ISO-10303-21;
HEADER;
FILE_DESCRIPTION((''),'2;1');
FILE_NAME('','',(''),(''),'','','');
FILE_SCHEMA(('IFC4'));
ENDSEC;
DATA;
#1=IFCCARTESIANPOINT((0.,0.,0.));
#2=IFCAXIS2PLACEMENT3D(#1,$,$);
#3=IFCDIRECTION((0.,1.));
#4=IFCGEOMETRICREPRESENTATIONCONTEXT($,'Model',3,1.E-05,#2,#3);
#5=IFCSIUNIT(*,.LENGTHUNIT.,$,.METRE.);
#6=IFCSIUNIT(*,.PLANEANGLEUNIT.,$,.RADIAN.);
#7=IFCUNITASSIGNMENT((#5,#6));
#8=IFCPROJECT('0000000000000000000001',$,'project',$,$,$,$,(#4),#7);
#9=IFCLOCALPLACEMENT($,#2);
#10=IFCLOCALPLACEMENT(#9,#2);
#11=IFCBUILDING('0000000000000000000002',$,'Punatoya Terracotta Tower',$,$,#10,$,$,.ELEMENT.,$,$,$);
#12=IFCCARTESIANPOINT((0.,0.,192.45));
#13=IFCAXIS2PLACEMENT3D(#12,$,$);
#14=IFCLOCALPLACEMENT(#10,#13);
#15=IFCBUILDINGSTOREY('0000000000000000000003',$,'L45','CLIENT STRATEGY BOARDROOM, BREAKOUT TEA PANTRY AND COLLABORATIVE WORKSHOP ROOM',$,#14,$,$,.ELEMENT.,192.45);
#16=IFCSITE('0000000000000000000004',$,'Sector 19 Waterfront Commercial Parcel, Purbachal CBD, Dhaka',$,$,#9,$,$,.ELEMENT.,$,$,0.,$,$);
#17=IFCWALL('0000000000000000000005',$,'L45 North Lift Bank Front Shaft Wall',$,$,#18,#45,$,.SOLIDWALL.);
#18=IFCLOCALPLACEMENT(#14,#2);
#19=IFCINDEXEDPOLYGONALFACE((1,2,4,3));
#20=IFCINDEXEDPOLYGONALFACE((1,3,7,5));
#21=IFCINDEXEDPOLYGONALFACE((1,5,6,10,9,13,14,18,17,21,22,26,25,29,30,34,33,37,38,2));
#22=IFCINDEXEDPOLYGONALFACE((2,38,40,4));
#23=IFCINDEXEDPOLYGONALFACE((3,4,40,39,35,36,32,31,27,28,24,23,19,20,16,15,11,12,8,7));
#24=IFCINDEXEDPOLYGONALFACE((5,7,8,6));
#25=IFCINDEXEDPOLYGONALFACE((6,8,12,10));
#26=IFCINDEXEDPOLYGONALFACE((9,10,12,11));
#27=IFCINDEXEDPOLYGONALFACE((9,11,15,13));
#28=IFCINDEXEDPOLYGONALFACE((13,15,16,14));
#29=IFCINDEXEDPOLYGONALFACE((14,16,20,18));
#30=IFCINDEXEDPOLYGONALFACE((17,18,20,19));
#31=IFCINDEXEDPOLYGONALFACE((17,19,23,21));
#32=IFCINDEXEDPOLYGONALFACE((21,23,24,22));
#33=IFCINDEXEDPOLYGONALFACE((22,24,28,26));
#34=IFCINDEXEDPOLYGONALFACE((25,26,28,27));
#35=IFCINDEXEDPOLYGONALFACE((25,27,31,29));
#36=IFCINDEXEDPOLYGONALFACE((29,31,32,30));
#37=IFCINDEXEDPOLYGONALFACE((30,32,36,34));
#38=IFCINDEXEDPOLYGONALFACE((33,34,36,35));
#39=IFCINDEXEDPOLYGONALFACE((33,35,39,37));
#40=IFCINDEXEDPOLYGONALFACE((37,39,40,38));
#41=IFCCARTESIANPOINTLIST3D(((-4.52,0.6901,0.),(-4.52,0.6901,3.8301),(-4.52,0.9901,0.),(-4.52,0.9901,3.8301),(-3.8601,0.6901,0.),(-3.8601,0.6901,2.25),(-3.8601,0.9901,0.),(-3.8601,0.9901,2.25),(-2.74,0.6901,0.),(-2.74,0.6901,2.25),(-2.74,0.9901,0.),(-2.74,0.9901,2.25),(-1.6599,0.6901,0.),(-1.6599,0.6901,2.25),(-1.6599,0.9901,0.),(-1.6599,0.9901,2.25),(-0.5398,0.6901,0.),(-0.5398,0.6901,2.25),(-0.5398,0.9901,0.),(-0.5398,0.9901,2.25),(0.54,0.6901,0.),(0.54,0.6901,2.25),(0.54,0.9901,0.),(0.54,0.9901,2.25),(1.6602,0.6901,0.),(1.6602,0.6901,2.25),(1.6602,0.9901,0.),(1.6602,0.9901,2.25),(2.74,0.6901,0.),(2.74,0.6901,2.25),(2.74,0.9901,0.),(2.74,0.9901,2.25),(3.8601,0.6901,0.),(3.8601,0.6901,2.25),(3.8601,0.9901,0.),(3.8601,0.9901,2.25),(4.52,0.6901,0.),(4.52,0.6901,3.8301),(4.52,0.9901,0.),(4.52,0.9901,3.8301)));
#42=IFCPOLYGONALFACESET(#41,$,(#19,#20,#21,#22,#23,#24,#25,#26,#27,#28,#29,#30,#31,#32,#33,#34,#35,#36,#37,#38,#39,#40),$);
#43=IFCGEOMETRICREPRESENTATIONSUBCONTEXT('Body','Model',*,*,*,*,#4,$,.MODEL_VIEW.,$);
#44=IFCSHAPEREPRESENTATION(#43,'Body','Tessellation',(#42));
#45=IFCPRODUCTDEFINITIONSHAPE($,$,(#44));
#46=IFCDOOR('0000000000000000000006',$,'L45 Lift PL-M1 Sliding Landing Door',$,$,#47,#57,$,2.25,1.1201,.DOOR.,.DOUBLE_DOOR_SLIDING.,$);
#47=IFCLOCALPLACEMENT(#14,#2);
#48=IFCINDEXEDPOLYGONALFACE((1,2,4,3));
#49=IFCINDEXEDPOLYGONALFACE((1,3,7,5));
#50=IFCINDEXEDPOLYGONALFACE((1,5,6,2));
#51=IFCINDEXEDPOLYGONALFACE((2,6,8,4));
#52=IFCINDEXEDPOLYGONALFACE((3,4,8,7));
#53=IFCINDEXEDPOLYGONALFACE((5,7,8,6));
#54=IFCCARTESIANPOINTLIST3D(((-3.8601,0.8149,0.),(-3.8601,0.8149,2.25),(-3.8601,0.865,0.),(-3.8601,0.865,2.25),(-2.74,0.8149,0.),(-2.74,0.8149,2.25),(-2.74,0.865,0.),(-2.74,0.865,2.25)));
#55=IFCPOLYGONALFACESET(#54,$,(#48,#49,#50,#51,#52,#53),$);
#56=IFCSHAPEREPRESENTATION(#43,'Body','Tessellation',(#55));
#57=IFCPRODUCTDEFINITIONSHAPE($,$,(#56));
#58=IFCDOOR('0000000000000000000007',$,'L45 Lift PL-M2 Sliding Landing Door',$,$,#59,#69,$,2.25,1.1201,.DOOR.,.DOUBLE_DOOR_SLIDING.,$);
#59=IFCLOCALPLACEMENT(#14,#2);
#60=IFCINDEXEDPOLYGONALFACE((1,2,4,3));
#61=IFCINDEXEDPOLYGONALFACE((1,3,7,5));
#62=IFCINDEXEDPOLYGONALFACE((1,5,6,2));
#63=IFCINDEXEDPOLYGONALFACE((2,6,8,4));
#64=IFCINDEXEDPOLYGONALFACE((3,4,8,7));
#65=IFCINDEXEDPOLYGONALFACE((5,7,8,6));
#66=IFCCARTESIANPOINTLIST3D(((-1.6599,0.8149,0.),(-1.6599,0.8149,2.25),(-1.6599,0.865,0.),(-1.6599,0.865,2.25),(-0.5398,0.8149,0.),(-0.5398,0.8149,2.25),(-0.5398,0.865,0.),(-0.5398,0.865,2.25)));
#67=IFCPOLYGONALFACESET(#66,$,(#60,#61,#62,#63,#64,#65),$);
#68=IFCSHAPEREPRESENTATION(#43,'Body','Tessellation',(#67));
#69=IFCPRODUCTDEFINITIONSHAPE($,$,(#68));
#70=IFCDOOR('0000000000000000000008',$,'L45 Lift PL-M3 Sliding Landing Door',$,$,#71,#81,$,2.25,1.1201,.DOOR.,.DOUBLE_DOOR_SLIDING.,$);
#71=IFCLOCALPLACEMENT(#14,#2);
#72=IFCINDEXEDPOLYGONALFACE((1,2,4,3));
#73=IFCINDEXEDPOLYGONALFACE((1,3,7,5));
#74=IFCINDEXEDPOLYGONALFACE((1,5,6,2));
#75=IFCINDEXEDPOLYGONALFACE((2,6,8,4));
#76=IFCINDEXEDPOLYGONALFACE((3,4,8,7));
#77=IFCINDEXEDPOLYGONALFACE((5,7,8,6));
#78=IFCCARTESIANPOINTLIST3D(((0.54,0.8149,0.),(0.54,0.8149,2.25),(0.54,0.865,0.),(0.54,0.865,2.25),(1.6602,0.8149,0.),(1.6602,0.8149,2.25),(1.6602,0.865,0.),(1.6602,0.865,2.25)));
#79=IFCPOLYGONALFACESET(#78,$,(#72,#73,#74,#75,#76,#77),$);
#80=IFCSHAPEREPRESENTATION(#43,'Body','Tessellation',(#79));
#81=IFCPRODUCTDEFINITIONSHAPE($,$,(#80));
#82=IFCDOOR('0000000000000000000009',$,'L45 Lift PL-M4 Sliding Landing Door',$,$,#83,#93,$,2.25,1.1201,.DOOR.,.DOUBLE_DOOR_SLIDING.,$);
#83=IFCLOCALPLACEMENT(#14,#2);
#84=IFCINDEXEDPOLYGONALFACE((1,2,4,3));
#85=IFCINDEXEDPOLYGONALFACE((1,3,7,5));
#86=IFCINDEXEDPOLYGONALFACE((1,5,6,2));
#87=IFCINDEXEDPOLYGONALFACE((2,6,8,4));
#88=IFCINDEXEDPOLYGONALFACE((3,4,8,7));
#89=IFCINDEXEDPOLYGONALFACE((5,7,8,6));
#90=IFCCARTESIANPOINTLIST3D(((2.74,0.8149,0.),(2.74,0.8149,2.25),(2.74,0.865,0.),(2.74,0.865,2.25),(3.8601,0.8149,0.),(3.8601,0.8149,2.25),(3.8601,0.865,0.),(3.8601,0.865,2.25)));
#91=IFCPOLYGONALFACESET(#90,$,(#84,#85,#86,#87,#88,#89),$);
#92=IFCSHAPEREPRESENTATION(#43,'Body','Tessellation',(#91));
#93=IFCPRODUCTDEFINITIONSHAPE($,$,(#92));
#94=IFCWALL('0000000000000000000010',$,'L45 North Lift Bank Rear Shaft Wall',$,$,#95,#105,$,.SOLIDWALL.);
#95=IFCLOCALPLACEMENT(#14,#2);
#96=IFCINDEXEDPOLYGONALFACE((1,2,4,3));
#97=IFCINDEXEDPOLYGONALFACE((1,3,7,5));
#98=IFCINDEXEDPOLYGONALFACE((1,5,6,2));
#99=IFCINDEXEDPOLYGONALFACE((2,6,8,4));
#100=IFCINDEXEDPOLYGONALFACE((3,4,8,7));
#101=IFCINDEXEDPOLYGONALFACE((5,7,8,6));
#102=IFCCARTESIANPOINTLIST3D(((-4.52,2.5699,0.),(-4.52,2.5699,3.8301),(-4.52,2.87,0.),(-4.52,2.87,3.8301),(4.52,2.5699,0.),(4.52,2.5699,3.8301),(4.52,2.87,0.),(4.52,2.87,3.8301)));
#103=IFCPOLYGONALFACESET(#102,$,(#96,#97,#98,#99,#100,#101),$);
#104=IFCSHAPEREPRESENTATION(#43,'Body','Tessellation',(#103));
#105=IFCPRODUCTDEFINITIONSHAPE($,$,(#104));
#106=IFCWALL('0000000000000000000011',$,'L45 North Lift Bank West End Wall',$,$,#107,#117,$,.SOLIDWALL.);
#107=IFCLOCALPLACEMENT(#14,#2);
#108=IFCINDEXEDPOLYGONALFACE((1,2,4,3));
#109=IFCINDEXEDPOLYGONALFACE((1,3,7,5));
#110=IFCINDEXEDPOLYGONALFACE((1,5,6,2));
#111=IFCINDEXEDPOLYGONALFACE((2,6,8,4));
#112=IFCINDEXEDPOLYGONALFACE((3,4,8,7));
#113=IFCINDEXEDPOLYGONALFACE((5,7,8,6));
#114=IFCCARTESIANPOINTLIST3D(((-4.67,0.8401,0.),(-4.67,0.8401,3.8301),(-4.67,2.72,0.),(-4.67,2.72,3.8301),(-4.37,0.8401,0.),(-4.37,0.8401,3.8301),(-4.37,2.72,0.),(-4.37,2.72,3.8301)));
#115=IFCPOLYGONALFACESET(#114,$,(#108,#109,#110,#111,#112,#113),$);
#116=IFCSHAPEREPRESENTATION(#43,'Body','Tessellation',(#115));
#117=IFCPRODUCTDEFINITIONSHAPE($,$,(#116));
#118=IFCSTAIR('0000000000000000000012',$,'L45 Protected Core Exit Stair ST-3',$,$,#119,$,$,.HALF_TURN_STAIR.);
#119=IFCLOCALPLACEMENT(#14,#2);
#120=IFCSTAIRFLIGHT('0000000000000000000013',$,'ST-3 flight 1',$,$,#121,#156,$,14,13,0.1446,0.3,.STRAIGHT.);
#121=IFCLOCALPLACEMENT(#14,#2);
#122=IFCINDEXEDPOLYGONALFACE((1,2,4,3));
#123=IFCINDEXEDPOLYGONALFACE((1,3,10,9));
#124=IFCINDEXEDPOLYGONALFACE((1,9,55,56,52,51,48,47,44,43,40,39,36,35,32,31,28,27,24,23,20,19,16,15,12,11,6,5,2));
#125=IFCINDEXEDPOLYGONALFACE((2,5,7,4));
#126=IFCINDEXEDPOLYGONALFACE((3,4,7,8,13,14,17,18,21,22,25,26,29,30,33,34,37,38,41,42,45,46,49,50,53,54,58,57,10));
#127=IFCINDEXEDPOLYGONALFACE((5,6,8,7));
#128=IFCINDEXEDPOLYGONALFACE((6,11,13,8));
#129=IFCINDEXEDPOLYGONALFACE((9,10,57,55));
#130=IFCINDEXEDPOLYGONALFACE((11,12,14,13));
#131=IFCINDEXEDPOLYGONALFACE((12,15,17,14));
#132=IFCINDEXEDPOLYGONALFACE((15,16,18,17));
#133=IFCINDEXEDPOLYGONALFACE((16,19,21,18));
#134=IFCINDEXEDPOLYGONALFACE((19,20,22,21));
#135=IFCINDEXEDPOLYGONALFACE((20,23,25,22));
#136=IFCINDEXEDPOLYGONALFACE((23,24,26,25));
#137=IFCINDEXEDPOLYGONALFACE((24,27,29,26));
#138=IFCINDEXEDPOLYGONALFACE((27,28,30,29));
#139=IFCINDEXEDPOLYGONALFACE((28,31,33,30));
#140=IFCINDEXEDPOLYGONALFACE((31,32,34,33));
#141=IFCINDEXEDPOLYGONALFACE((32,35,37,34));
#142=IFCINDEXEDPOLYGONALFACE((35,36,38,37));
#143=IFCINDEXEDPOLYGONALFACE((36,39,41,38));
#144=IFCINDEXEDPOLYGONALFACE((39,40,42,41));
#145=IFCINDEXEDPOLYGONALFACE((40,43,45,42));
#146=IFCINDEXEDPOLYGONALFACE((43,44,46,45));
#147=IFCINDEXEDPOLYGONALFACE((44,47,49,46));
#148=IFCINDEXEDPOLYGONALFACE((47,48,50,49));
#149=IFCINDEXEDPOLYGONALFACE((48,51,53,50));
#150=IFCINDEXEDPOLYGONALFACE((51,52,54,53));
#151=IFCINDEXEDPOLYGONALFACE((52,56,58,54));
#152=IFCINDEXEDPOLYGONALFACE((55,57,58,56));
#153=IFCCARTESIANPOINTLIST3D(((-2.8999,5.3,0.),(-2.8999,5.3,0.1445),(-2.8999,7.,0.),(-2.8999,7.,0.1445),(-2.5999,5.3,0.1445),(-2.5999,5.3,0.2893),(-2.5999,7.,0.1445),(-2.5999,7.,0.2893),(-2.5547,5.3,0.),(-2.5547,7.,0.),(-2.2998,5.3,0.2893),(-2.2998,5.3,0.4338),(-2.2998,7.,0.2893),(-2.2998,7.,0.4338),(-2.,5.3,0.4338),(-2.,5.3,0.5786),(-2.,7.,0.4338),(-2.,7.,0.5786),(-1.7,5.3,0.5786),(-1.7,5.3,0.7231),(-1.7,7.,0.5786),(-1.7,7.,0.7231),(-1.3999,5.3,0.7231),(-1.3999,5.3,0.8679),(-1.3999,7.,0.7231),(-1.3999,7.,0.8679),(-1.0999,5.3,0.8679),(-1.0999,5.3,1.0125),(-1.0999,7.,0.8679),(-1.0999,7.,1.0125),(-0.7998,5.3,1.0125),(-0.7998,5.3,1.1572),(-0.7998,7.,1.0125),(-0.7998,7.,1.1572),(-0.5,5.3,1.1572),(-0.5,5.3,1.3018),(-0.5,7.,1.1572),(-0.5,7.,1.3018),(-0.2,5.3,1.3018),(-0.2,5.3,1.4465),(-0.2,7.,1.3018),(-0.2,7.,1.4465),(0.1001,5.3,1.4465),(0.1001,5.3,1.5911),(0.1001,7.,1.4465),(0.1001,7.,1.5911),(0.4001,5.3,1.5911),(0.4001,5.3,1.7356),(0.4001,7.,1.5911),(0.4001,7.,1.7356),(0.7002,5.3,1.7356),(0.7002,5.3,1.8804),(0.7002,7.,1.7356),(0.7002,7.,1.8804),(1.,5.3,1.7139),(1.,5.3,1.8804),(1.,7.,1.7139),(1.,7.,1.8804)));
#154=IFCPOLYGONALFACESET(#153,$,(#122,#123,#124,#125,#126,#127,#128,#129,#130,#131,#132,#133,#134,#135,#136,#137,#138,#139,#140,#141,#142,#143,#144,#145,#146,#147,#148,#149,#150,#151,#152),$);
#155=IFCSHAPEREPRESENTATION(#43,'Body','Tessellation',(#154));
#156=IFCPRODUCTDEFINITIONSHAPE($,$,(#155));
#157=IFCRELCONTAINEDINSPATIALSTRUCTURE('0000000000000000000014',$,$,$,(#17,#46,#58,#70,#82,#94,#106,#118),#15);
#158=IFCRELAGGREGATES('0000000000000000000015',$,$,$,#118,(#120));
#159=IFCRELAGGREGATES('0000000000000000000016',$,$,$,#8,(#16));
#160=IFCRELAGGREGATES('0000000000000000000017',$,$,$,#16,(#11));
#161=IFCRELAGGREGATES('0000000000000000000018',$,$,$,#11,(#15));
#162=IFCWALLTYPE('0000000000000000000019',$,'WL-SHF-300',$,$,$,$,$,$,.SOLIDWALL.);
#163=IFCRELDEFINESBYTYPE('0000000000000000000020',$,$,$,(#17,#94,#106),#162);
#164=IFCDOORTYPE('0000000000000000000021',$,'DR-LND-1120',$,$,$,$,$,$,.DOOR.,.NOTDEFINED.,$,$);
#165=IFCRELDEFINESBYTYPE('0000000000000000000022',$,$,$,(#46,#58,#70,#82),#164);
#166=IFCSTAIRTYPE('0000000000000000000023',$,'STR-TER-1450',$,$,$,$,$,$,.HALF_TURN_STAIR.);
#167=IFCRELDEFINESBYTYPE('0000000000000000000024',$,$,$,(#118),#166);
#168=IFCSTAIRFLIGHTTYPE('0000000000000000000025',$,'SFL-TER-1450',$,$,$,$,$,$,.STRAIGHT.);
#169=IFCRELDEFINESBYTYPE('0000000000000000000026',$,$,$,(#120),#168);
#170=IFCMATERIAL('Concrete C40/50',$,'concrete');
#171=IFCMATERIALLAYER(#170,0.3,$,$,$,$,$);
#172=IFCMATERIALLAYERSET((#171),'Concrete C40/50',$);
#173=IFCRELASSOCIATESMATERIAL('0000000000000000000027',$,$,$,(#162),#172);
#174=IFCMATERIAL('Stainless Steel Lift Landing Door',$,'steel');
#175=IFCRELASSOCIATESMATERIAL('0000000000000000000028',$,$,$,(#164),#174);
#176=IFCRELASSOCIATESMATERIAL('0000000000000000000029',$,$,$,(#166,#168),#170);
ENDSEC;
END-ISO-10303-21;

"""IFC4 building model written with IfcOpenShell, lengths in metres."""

from ifc_helpers import new_model, si_unit, direction, frame, frame_2d, origin, place, context, subcontext, project, spatial, polyline, rectangle, outline, extrude, material, layer, layer_set, type_object, element, fill, aggregate, save


model = new_model("IFC4")

# Units and contexts
model_context = context("Model", 3, precision=1e-05, world=origin(), true_north=direction((0.0, 1.0)))
body_context = subcontext(model_context, "Body", "Model", "MODEL_VIEW")
ifc_project = project(units=[si_unit("LENGTHUNIT", "METRE"), si_unit("PLANEANGLEUNIT", "RADIAN")], contexts=[model_context])

# Site, building, storey
site_placement = place(None, origin())
site = spatial("IfcSite", under=ifc_project, at=site_placement, Name="Sector 19 Waterfront Commercial Parcel, Purbachal CBD, Dhaka", CompositionType="ELEMENT", RefElevation=0.0)
building_placement = place(site_placement, origin())
building = spatial("IfcBuilding", under=site, at=building_placement, Name="Punatoya Terracotta Tower", CompositionType="ELEMENT")
storey_placement = place(building_placement, frame((0.0, 0.0, 192.45)))
storey = spatial("IfcBuildingStorey", under=building, at=storey_placement, Name="L45", Description="CLIENT STRATEGY BOARDROOM, BREAKOUT TEA PANTRY AND COLLABORATIVE WORKSHOP ROOM", CompositionType="ELEMENT", Elevation=192.45)

# Shared definitions
ifc_material_1 = material(Name="Concrete C40/50", Category="concrete")

# Shared definitions
ifc_layer_1 = layer(ifc_material_1, 0.3)
ifc_layer_set_1 = layer_set([ifc_layer_1], Name="Concrete C40/50")
wall_type_1 = type_object("IfcWallType", Name="WL-SHF-300", PredefinedType="SOLIDWALL", material=ifc_layer_set_1)

# Wall, openings, doors
wall_1_placement = place(storey_placement, frame((-4.52, 0.8401, 0.0), z_axis=(0.0, 0.0, 1.0), x_axis=(1.0, 0.0, 0.0)))
wall_1 = element("IfcWall", 1, at=wall_1_placement, inside=storey, type_object=wall_type_1, Name="L45 North Lift Bank Front Shaft Wall", PredefinedType="SOLIDWALL", context=body_context, shape_type="SweptSolid", body=[
    extrude(rectangle(XDim=9.04, YDim=0.3, at=frame_2d((4.52, 0.0))), origin(), (0.0, 0.0, 1.0), 3.8301),
])
opening_1_placement = place(wall_1_placement, frame((0.6599, 0.0, 0.0)))
opening_1 = element("IfcOpeningElement", 2, at=opening_1_placement, cuts=wall_1, PredefinedType="OPENING", context=body_context, shape_type="SweptSolid", body=[
    extrude(rectangle(XDim=1.1201, YDim=2.25, at=frame_2d((0.5601, 1.125))), frame((0.0, 0.1599, 0.0), z_axis=(0.0, -1.0, 0.0), x_axis=(1.0, 0.0, 0.0)), (0.0, 0.0, 1.0), 0.3201),
])
opening_2_placement = place(wall_1_placement, frame((2.8601, 0.0, 0.0)))
opening_2 = element("IfcOpeningElement", 3, at=opening_2_placement, cuts=wall_1, PredefinedType="OPENING", context=body_context, shape_type="SweptSolid", body=[
    extrude(rectangle(XDim=1.1201, YDim=2.25, at=frame_2d((0.5601, 1.125))), frame((0.0, 0.1599, 0.0), z_axis=(0.0, -1.0, 0.0), x_axis=(1.0, 0.0, 0.0)), (0.0, 0.0, 1.0), 0.3201),
])
opening_3_placement = place(wall_1_placement, frame((5.0601, 0.0, 0.0)))
opening_3 = element("IfcOpeningElement", 4, at=opening_3_placement, cuts=wall_1, PredefinedType="OPENING", context=body_context, shape_type="SweptSolid", body=[
    extrude(rectangle(XDim=1.1201, YDim=2.25, at=frame_2d((0.5601, 1.125))), frame((0.0, 0.1599, 0.0), z_axis=(0.0, -1.0, 0.0), x_axis=(1.0, 0.0, 0.0)), (0.0, 0.0, 1.0), 0.3201),
])
opening_4_placement = place(wall_1_placement, frame((7.26, 0.0, 0.0)))
opening_4 = element("IfcOpeningElement", 5, at=opening_4_placement, cuts=wall_1, PredefinedType="OPENING", context=body_context, shape_type="SweptSolid", body=[
    extrude(rectangle(XDim=1.1201, YDim=2.25, at=frame_2d((0.5601, 1.125))), frame((0.0, 0.1599, 0.0), z_axis=(0.0, -1.0, 0.0), x_axis=(1.0, 0.0, 0.0)), (0.0, 0.0, 1.0), 0.3201),
])
ifc_material_2 = material(Name="Stainless Steel Lift Landing Door", Category="steel")
door_type_1 = type_object("IfcDoorType", Name="DR-LND-1120", OperationType="NOTDEFINED", PredefinedType="DOOR", material=ifc_material_2)
door_1_placement = place(opening_1_placement, origin())
door_1 = element("IfcDoor", 6, at=door_1_placement, inside=storey, type_object=door_type_1, Name="L45 Lift PL-M1 Sliding Landing Door", OperationType="DOUBLE_DOOR_SLIDING", OverallHeight=2.25, OverallWidth=1.1201, PredefinedType="DOOR", context=body_context, shape_type="SweptSolid", body=[
    extrude(rectangle(XDim=1.1201, YDim=2.25, at=frame_2d((0.5601, 1.125))), frame((0.0, 0.0249, 0.0), z_axis=(0.0, -1.0, 0.0), x_axis=(1.0, 0.0, 0.0)), (0.0, 0.0, 1.0), 0.05),
])
fill(opening_1, door_1)
door_2_placement = place(opening_2_placement, origin())
door_2 = element("IfcDoor", 7, at=door_2_placement, inside=storey, type_object=door_type_1, Name="L45 Lift PL-M2 Sliding Landing Door", OperationType="DOUBLE_DOOR_SLIDING", OverallHeight=2.25, OverallWidth=1.1201, PredefinedType="DOOR", context=body_context, shape_type="SweptSolid", body=[
    extrude(rectangle(XDim=1.1201, YDim=2.25, at=frame_2d((0.5601, 1.125))), frame((0.0, 0.0249, 0.0), z_axis=(0.0, -1.0, 0.0), x_axis=(1.0, 0.0, 0.0)), (0.0, 0.0, 1.0), 0.05),
])
fill(opening_2, door_2)
door_3_placement = place(opening_3_placement, origin())
door_3 = element("IfcDoor", 8, at=door_3_placement, inside=storey, type_object=door_type_1, Name="L45 Lift PL-M3 Sliding Landing Door", OperationType="DOUBLE_DOOR_SLIDING", OverallHeight=2.25, OverallWidth=1.1201, PredefinedType="DOOR", context=body_context, shape_type="SweptSolid", body=[
    extrude(rectangle(XDim=1.1201, YDim=2.25, at=frame_2d((0.5601, 1.125))), frame((0.0, 0.0249, 0.0), z_axis=(0.0, -1.0, 0.0), x_axis=(1.0, 0.0, 0.0)), (0.0, 0.0, 1.0), 0.05),
])
fill(opening_3, door_3)
door_4_placement = place(opening_4_placement, origin())
door_4 = element("IfcDoor", 9, at=door_4_placement, inside=storey, type_object=door_type_1, Name="L45 Lift PL-M4 Sliding Landing Door", OperationType="DOUBLE_DOOR_SLIDING", OverallHeight=2.25, OverallWidth=1.1201, PredefinedType="DOOR", context=body_context, shape_type="SweptSolid", body=[
    extrude(rectangle(XDim=1.1201, YDim=2.25, at=frame_2d((0.5601, 1.125))), frame((0.0, 0.0249, 0.0), z_axis=(0.0, -1.0, 0.0), x_axis=(1.0, 0.0, 0.0)), (0.0, 0.0, 1.0), 0.05),
])
fill(opening_4, door_4)

# Walls
wall_2_placement = place(storey_placement, frame((-4.52, 2.72, 0.0), z_axis=(0.0, 0.0, 1.0), x_axis=(1.0, 0.0, 0.0)))
element("IfcWall", 10, at=wall_2_placement, inside=storey, type_object=wall_type_1, Name="L45 North Lift Bank Rear Shaft Wall", PredefinedType="SOLIDWALL", context=body_context, shape_type="SweptSolid", body=[
    extrude(rectangle(XDim=9.04, YDim=0.3, at=frame_2d((4.52, 0.0))), origin(), (0.0, 0.0, 1.0), 3.8301),
])
wall_3_placement = place(storey_placement, frame((-4.52, 0.8401, 0.0), z_axis=(0.0, 0.0, 1.0), x_axis=(0.0, 1.0, 0.0)))
element("IfcWall", 11, at=wall_3_placement, inside=storey, type_object=wall_type_1, Name="L45 North Lift Bank West End Wall", PredefinedType="SOLIDWALL", context=body_context, shape_type="SweptSolid", body=[
    extrude(rectangle(XDim=1.8799, YDim=0.3, at=frame_2d((0.9399, 0.0))), origin(), (0.0, 0.0, 1.0), 3.8301),
])

# Stair, stair flight
stair_type = type_object("IfcStairType", Name="STR-TER-1450", PredefinedType="HALF_TURN_STAIR", material=ifc_material_1)
stair_placement = place(storey_placement, origin())
stair = element("IfcStair", 12, at=stair_placement, inside=storey, type_object=stair_type, Name="L45 Protected Core Exit Stair ST-3", PredefinedType="HALF_TURN_STAIR")
stair_flight_type = type_object("IfcStairFlightType", Name="SFL-TER-1450", PredefinedType="STRAIGHT", material=ifc_material_1)
stair_flight_placement = place(storey_placement, frame((-2.8999, 6.1499, 0.0), z_axis=(0.0, 0.0, 1.0), x_axis=(1.0, 0.0, 0.0)))
stair_flight = element("IfcStairFlight", 13, at=stair_flight_placement, type_object=stair_flight_type, Name="ST-3 flight 1", NumberOfRisers=14, NumberOfTreads=13, PredefinedType="STRAIGHT", RiserHeight=0.1446, TreadLength=0.3, context=body_context, shape_type="SweptSolid", body=[
    extrude(outline(polyline([(0.0, 0.0), (0.0, 0.1445), (0.3, 0.1445), (0.3, 0.2893), (0.6001, 0.2893), (0.6001, 0.4338), (0.8999, 0.4338), (0.8999, 0.5786), (1.2, 0.5786), (1.2, 0.7231), (1.5, 0.7231), (1.5, 0.8679), (1.8, 0.8679), (1.8, 1.0125), (2.1001, 1.0125), (2.1001, 1.1572), (2.3999, 1.1572), (2.3999, 1.3018), (2.7, 1.3018), (2.7, 1.4465), (3.0, 1.4465), (3.0, 1.5911), (3.3, 1.5911), (3.3, 1.7356), (3.6001, 1.7356), (3.6001, 1.8804), (3.8999, 1.8804), (3.8999, 2.0249), (3.8999, 1.7139), (0.3452, 0.0), (0.0, 0.0)])), frame((0.0, 0.8501, 0.0), z_axis=(0.0, -1.0, 0.0), x_axis=(1.0, 0.0, 0.0)), (0.0, 0.0, 1.0), 1.7),
])
aggregate(stair, [stair_flight])

save(model, "model.ifc")
